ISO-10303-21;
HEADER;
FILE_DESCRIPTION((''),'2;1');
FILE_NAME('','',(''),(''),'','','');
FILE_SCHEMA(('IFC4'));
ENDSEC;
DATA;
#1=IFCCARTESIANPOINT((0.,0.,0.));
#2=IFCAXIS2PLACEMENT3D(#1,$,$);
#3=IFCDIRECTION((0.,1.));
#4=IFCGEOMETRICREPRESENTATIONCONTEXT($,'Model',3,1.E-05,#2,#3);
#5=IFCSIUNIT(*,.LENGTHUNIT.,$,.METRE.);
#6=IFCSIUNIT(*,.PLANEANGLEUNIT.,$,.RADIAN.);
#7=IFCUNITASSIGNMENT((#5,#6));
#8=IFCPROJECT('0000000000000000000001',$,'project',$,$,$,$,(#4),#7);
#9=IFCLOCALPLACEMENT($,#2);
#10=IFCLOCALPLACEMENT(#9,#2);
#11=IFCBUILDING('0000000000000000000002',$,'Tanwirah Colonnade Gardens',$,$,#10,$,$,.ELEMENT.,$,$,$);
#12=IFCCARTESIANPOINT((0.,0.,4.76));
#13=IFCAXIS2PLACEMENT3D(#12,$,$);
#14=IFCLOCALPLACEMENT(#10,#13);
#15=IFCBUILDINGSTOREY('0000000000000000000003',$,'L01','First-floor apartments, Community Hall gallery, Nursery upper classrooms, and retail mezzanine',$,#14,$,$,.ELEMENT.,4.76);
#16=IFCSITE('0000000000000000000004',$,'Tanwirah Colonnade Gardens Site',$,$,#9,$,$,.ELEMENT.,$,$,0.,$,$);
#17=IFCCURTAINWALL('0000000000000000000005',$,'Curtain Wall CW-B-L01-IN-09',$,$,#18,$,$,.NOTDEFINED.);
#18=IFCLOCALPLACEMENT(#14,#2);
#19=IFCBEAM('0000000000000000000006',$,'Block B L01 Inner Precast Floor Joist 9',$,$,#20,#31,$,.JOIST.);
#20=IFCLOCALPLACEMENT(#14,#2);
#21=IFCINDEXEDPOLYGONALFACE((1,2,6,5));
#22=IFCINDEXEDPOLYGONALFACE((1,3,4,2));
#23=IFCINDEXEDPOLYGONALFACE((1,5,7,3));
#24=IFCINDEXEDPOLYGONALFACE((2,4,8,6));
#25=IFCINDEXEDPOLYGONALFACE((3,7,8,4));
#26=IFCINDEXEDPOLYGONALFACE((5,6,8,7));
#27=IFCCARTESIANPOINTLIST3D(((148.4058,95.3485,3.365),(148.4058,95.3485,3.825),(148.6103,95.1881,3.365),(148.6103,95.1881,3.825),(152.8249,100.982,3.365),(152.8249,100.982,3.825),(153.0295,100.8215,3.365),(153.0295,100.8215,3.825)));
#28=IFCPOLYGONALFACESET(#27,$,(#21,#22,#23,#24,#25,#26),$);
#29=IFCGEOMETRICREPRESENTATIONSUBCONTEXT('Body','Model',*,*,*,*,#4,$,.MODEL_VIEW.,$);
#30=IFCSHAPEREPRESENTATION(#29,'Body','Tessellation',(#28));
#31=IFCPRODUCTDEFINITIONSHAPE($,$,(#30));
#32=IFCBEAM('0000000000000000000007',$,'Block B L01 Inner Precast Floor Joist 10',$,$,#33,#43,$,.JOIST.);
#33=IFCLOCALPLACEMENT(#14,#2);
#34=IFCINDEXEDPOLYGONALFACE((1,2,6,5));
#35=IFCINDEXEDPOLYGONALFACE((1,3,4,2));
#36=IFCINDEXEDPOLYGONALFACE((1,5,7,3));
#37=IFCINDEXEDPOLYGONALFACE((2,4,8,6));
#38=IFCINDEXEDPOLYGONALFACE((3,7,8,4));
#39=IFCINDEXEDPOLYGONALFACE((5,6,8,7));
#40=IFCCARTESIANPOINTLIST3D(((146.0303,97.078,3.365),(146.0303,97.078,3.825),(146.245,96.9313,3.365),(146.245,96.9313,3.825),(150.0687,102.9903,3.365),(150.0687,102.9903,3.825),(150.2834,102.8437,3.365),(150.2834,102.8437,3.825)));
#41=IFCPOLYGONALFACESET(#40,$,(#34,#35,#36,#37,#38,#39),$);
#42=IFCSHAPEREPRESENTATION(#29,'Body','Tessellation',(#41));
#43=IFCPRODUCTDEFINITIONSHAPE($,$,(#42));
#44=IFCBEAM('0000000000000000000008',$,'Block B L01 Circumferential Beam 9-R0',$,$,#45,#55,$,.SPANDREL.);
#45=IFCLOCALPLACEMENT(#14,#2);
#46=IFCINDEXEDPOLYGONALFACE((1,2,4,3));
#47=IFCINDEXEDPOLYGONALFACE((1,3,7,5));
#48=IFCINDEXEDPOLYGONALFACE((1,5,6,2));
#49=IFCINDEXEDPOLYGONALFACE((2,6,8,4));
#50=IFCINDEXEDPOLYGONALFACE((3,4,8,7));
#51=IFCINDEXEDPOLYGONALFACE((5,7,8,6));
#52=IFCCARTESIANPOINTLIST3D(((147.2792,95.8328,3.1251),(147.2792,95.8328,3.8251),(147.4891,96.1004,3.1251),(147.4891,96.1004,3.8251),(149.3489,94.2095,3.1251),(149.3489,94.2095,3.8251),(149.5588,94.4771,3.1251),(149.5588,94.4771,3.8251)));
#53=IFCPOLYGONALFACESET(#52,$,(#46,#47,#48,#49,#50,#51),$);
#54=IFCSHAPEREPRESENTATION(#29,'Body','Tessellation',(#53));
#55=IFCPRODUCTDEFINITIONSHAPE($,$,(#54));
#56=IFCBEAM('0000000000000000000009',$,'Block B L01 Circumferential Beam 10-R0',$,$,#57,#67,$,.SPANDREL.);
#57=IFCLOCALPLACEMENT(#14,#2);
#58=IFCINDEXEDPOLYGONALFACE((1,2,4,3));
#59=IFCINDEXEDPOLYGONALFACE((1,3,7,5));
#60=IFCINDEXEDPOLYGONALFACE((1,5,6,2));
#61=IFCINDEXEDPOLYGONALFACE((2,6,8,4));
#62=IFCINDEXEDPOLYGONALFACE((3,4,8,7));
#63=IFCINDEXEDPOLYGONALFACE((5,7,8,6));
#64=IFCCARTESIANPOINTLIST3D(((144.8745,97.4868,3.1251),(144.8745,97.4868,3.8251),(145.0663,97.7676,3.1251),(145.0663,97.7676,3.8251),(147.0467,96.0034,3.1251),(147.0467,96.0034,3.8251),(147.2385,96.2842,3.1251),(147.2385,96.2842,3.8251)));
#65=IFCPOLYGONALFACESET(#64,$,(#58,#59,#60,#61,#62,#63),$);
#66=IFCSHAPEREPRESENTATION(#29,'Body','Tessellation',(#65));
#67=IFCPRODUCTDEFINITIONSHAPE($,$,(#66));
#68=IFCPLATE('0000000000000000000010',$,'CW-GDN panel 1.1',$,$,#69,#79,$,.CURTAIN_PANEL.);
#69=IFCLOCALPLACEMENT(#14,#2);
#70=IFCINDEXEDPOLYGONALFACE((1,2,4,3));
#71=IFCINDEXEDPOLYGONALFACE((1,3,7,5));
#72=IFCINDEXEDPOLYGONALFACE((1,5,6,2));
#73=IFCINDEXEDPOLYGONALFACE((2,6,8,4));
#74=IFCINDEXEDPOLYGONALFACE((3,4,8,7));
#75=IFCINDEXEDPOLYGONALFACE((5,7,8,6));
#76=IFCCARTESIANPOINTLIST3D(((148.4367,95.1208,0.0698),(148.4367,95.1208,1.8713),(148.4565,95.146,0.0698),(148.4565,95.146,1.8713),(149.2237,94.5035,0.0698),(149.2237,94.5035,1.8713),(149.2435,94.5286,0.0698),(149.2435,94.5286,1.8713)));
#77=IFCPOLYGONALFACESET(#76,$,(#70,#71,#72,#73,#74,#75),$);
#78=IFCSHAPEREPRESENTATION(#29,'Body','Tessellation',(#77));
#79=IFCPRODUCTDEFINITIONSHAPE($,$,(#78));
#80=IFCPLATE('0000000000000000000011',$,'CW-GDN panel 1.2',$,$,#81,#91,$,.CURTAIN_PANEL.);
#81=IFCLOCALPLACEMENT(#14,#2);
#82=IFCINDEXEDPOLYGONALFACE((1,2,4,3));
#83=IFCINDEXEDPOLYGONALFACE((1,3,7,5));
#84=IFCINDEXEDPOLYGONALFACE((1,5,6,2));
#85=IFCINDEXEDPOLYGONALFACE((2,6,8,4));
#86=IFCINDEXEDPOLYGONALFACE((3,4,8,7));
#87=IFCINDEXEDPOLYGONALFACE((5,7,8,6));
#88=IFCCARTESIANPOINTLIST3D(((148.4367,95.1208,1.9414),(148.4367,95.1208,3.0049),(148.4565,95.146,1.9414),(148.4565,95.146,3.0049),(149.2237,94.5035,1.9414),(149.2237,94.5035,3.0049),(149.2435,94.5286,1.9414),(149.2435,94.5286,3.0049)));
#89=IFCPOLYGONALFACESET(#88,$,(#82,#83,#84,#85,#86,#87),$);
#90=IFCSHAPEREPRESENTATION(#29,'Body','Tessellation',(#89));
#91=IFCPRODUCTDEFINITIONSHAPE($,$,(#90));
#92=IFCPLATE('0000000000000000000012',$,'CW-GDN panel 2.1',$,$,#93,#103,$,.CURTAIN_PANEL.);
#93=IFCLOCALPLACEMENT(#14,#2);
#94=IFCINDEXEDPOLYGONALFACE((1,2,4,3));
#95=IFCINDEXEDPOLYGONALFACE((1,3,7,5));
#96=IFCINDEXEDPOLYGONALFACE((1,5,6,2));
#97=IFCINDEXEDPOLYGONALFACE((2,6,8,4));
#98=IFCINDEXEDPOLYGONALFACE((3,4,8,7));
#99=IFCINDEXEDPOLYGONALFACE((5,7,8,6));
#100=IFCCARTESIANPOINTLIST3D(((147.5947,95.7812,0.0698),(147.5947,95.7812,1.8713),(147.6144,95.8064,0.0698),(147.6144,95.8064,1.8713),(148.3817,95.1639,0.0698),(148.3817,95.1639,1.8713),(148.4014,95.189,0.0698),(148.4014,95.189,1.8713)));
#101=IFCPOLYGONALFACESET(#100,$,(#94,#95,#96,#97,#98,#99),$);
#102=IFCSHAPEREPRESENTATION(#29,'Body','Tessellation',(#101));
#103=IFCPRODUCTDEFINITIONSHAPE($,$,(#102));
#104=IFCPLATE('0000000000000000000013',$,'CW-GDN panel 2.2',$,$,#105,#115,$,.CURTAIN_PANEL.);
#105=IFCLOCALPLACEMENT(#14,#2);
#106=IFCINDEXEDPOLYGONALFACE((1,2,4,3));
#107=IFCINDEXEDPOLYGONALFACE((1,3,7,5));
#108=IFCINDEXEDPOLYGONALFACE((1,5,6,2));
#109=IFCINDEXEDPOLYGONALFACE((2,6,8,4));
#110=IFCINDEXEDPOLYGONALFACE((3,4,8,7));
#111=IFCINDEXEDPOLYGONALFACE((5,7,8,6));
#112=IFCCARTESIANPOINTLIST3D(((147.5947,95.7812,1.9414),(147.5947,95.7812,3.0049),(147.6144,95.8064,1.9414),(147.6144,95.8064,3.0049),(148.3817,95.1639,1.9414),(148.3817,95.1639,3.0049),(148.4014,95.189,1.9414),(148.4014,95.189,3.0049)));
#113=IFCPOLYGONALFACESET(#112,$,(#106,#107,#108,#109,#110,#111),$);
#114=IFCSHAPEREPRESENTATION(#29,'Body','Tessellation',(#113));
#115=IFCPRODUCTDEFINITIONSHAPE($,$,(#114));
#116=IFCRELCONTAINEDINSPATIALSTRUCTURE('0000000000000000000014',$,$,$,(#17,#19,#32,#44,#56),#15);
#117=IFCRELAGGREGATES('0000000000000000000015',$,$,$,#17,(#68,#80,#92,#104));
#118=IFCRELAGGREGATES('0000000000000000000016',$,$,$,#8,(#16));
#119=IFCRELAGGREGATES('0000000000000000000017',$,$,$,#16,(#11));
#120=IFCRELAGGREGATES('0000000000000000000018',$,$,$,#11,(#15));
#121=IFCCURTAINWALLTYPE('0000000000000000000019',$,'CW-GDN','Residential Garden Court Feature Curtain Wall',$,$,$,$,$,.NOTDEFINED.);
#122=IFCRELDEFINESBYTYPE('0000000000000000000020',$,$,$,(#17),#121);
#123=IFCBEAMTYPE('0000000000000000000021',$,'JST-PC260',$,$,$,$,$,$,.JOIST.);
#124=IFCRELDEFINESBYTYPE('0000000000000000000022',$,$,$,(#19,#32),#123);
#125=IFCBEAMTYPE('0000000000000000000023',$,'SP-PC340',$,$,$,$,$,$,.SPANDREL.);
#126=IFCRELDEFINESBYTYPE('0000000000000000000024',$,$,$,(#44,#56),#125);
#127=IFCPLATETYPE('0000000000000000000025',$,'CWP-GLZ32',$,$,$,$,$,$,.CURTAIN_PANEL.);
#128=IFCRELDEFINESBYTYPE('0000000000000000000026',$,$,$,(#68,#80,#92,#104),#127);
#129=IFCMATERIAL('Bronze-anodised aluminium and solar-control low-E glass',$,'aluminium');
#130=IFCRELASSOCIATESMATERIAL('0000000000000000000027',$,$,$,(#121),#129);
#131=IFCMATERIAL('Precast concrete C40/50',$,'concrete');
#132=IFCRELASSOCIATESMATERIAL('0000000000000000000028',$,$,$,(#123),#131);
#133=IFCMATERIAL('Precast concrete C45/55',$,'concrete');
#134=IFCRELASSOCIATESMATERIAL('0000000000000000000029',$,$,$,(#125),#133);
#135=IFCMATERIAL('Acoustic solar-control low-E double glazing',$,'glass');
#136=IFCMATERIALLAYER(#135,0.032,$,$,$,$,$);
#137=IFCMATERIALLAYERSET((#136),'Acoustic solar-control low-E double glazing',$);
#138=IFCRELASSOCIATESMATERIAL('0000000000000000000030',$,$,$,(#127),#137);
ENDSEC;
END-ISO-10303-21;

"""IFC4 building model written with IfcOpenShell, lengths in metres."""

from ifc_helpers import new_model, si_unit, direction, frame, origin, origin_2d, place, context, subcontext, project, spatial, rectangle, extrude, material, layer, layer_set, material_profile, profile_set, type_object, element, aggregate, save


model = new_model("IFC4")

# Units and contexts
model_context = context("Model", 3, precision=1e-05, world=origin(), true_north=direction((0.0, 1.0)))
body_context = subcontext(model_context, "Body", "Model", "MODEL_VIEW")
ifc_project = project(units=[si_unit("LENGTHUNIT", "METRE"), si_unit("PLANEANGLEUNIT", "RADIAN")], contexts=[model_context])

# Site, building, storey
site_placement = place(None, origin())
site = spatial("IfcSite", under=ifc_project, at=site_placement, Name="Tanwirah Colonnade Gardens Site", CompositionType="ELEMENT", RefElevation=0.0)
building_placement = place(site_placement, origin())
building = spatial("IfcBuilding", under=site, at=building_placement, Name="Tanwirah Colonnade Gardens", CompositionType="ELEMENT")
storey_placement = place(building_placement, frame((0.0, 0.0, 4.76)))
storey = spatial("IfcBuildingStorey", under=building, at=storey_placement, Name="L01", Description="First-floor apartments, Community Hall gallery, Nursery upper classrooms, and retail mezzanine", CompositionType="ELEMENT", Elevation=4.76)

# Shared definitions
ifc_material_1 = material(Name="Precast concrete C45/55", Category="concrete")

# Curtain wall
ifc_material_2 = material(Name="Bronze-anodised aluminium and solar-control low-E glass", Category="aluminium")
curtain_wall_type = type_object("IfcCurtainWallType", Name="CW-GDN", Description="Residential Garden Court Feature Curtain Wall", PredefinedType="NOTDEFINED", material=ifc_material_2)
curtain_wall_placement = place(storey_placement, origin())
curtain_wall = element("IfcCurtainWall", 1, at=curtain_wall_placement, inside=storey, type_object=curtain_wall_type, Name="Curtain Wall CW-B-L01-IN-09", PredefinedType="NOTDEFINED")

# Beams
ifc_material_3 = material(Name="Precast concrete C40/50", Category="concrete")
ifc_material_profile_1 = material_profile(ifc_material_3, rectangle(XDim=0.26, YDim=0.46, at=origin_2d()), Name="PC-JST 260x460")
ifc_profile_set_1 = profile_set([ifc_material_profile_1], Name="Precast concrete C40/50")
beam_type_1 = type_object("IfcBeamType", Name="JST-PC260", PredefinedType="JOIST", material=ifc_profile_set_1)
for number, where, z_axis, x_axis, name in (
    (2, (148.5081, 95.2683, 3.595), (0.617202, 0.786804, 0.0), (-0.786804, 0.617202, 0.0), "Block B L01 Inner Precast Floor Joist 9"),
    (3, (146.1377, 97.0046, 3.595), (0.564021, 0.82576, 0.0), (-0.82576, 0.564021, 0.0), "Block B L01 Inner Precast Floor Joist 10"),
):
    element("IfcBeam", number, at=place(storey_placement, frame(where, z_axis=z_axis, x_axis=x_axis)), inside=storey, type_object=beam_type_1, Name=name, PredefinedType="JOIST", context=body_context, shape_type="SweptSolid", body=[
        extrude(rectangle(XDim=0.26, YDim=0.46, at=origin_2d()), origin(), (0.0, 0.0, 1.0), 7.1599),
    ])
ifc_material_profile_2 = material_profile(ifc_material_1, rectangle(XDim=0.3401, YDim=0.7, at=origin_2d()), Name="PC-SP 340x700")
ifc_profile_set_2 = profile_set([ifc_material_profile_2], Name="Precast concrete C45/55")
beam_type_2 = type_object("IfcBeamType", Name="SP-PC340", PredefinedType="SPANDREL", material=ifc_profile_set_2)
for number, where, z_axis, x_axis, name in (
    (4, (149.4539, 94.3433, 3.4751), (-0.786837, 0.617161, 0.0), (-0.617161, -0.786837, 0.0), "Block B L01 Circumferential Beam 9-R0"),
    (5, (147.1426, 96.1438, 3.4751), (-0.825801, 0.563962, 0.0), (-0.563962, -0.825801, 0.0), "Block B L01 Circumferential Beam 10-R0"),
):
    element("IfcBeam", number, at=place(storey_placement, frame(where, z_axis=z_axis, x_axis=x_axis)), inside=storey, type_object=beam_type_2, Name=name, PredefinedType="SPANDREL", context=body_context, shape_type="SweptSolid", body=[
        extrude(rectangle(XDim=0.3401, YDim=0.7, at=origin_2d()), origin(), (0.0, 0.0, 1.0), 2.6304),
    ])

# Plates
ifc_material_4 = material(Name="Acoustic solar-control low-E double glazing", Category="glass")
ifc_layer = layer(ifc_material_4, 0.032)
ifc_layer_set = layer_set([ifc_layer], Name="Acoustic solar-control low-E double glazing")
plate_type = type_object("IfcPlateType", Name="CWP-GLZ32", PredefinedType="CURTAIN_PANEL", material=ifc_layer_set)
plate_1_placement = place(storey_placement, frame((148.8401, 94.8247, 0.0698), z_axis=(0.0, 0.0, 1.0), x_axis=(-0.786815, 0.617189, 0.0)))
plate_1 = element("IfcPlate", 6, at=plate_1_placement, type_object=plate_type, Name="CW-GDN panel 1.1", PredefinedType="CURTAIN_PANEL", context=body_context, shape_type="SweptSolid", body=[
    extrude(rectangle(XDim=1.0002, YDim=0.032, at=origin_2d()), origin(), (0.0, 0.0, 1.0), 1.8015),
])
plate_2_placement = place(storey_placement, frame((148.8401, 94.8247, 1.9414), z_axis=(0.0, 0.0, 1.0), x_axis=(-0.786815, 0.617189, 0.0)))
plate_2 = element("IfcPlate", 7, at=plate_2_placement, type_object=plate_type, Name="CW-GDN panel 1.2", PredefinedType="CURTAIN_PANEL", context=body_context, shape_type="SweptSolid", body=[
    extrude(rectangle(XDim=1.0002, YDim=0.032, at=origin_2d()), origin(), (0.0, 0.0, 1.0), 1.0635),
])
plate_3_placement = place(storey_placement, frame((147.998, 95.4851, 0.0698), z_axis=(0.0, 0.0, 1.0), x_axis=(-0.786815, 0.617189, 0.0)))
plate_3 = element("IfcPlate", 8, at=plate_3_placement, type_object=plate_type, Name="CW-GDN panel 2.1", PredefinedType="CURTAIN_PANEL", context=body_context, shape_type="SweptSolid", body=[
    extrude(rectangle(XDim=1.0002, YDim=0.032, at=origin_2d()), origin(), (0.0, 0.0, 1.0), 1.8015),
])
plate_4_placement = place(storey_placement, frame((147.998, 95.4851, 1.9414), z_axis=(0.0, 0.0, 1.0), x_axis=(-0.786815, 0.617189, 0.0)))
plate_4 = element("IfcPlate", 9, at=plate_4_placement, type_object=plate_type, Name="CW-GDN panel 2.2", PredefinedType="CURTAIN_PANEL", context=body_context, shape_type="SweptSolid", body=[
    extrude(rectangle(XDim=1.0002, YDim=0.032, at=origin_2d()), origin(), (0.0, 0.0, 1.0), 1.0635),
])
aggregate(curtain_wall, [plate_1, plate_2, plate_3, plate_4])

save(model, "model.ifc")
